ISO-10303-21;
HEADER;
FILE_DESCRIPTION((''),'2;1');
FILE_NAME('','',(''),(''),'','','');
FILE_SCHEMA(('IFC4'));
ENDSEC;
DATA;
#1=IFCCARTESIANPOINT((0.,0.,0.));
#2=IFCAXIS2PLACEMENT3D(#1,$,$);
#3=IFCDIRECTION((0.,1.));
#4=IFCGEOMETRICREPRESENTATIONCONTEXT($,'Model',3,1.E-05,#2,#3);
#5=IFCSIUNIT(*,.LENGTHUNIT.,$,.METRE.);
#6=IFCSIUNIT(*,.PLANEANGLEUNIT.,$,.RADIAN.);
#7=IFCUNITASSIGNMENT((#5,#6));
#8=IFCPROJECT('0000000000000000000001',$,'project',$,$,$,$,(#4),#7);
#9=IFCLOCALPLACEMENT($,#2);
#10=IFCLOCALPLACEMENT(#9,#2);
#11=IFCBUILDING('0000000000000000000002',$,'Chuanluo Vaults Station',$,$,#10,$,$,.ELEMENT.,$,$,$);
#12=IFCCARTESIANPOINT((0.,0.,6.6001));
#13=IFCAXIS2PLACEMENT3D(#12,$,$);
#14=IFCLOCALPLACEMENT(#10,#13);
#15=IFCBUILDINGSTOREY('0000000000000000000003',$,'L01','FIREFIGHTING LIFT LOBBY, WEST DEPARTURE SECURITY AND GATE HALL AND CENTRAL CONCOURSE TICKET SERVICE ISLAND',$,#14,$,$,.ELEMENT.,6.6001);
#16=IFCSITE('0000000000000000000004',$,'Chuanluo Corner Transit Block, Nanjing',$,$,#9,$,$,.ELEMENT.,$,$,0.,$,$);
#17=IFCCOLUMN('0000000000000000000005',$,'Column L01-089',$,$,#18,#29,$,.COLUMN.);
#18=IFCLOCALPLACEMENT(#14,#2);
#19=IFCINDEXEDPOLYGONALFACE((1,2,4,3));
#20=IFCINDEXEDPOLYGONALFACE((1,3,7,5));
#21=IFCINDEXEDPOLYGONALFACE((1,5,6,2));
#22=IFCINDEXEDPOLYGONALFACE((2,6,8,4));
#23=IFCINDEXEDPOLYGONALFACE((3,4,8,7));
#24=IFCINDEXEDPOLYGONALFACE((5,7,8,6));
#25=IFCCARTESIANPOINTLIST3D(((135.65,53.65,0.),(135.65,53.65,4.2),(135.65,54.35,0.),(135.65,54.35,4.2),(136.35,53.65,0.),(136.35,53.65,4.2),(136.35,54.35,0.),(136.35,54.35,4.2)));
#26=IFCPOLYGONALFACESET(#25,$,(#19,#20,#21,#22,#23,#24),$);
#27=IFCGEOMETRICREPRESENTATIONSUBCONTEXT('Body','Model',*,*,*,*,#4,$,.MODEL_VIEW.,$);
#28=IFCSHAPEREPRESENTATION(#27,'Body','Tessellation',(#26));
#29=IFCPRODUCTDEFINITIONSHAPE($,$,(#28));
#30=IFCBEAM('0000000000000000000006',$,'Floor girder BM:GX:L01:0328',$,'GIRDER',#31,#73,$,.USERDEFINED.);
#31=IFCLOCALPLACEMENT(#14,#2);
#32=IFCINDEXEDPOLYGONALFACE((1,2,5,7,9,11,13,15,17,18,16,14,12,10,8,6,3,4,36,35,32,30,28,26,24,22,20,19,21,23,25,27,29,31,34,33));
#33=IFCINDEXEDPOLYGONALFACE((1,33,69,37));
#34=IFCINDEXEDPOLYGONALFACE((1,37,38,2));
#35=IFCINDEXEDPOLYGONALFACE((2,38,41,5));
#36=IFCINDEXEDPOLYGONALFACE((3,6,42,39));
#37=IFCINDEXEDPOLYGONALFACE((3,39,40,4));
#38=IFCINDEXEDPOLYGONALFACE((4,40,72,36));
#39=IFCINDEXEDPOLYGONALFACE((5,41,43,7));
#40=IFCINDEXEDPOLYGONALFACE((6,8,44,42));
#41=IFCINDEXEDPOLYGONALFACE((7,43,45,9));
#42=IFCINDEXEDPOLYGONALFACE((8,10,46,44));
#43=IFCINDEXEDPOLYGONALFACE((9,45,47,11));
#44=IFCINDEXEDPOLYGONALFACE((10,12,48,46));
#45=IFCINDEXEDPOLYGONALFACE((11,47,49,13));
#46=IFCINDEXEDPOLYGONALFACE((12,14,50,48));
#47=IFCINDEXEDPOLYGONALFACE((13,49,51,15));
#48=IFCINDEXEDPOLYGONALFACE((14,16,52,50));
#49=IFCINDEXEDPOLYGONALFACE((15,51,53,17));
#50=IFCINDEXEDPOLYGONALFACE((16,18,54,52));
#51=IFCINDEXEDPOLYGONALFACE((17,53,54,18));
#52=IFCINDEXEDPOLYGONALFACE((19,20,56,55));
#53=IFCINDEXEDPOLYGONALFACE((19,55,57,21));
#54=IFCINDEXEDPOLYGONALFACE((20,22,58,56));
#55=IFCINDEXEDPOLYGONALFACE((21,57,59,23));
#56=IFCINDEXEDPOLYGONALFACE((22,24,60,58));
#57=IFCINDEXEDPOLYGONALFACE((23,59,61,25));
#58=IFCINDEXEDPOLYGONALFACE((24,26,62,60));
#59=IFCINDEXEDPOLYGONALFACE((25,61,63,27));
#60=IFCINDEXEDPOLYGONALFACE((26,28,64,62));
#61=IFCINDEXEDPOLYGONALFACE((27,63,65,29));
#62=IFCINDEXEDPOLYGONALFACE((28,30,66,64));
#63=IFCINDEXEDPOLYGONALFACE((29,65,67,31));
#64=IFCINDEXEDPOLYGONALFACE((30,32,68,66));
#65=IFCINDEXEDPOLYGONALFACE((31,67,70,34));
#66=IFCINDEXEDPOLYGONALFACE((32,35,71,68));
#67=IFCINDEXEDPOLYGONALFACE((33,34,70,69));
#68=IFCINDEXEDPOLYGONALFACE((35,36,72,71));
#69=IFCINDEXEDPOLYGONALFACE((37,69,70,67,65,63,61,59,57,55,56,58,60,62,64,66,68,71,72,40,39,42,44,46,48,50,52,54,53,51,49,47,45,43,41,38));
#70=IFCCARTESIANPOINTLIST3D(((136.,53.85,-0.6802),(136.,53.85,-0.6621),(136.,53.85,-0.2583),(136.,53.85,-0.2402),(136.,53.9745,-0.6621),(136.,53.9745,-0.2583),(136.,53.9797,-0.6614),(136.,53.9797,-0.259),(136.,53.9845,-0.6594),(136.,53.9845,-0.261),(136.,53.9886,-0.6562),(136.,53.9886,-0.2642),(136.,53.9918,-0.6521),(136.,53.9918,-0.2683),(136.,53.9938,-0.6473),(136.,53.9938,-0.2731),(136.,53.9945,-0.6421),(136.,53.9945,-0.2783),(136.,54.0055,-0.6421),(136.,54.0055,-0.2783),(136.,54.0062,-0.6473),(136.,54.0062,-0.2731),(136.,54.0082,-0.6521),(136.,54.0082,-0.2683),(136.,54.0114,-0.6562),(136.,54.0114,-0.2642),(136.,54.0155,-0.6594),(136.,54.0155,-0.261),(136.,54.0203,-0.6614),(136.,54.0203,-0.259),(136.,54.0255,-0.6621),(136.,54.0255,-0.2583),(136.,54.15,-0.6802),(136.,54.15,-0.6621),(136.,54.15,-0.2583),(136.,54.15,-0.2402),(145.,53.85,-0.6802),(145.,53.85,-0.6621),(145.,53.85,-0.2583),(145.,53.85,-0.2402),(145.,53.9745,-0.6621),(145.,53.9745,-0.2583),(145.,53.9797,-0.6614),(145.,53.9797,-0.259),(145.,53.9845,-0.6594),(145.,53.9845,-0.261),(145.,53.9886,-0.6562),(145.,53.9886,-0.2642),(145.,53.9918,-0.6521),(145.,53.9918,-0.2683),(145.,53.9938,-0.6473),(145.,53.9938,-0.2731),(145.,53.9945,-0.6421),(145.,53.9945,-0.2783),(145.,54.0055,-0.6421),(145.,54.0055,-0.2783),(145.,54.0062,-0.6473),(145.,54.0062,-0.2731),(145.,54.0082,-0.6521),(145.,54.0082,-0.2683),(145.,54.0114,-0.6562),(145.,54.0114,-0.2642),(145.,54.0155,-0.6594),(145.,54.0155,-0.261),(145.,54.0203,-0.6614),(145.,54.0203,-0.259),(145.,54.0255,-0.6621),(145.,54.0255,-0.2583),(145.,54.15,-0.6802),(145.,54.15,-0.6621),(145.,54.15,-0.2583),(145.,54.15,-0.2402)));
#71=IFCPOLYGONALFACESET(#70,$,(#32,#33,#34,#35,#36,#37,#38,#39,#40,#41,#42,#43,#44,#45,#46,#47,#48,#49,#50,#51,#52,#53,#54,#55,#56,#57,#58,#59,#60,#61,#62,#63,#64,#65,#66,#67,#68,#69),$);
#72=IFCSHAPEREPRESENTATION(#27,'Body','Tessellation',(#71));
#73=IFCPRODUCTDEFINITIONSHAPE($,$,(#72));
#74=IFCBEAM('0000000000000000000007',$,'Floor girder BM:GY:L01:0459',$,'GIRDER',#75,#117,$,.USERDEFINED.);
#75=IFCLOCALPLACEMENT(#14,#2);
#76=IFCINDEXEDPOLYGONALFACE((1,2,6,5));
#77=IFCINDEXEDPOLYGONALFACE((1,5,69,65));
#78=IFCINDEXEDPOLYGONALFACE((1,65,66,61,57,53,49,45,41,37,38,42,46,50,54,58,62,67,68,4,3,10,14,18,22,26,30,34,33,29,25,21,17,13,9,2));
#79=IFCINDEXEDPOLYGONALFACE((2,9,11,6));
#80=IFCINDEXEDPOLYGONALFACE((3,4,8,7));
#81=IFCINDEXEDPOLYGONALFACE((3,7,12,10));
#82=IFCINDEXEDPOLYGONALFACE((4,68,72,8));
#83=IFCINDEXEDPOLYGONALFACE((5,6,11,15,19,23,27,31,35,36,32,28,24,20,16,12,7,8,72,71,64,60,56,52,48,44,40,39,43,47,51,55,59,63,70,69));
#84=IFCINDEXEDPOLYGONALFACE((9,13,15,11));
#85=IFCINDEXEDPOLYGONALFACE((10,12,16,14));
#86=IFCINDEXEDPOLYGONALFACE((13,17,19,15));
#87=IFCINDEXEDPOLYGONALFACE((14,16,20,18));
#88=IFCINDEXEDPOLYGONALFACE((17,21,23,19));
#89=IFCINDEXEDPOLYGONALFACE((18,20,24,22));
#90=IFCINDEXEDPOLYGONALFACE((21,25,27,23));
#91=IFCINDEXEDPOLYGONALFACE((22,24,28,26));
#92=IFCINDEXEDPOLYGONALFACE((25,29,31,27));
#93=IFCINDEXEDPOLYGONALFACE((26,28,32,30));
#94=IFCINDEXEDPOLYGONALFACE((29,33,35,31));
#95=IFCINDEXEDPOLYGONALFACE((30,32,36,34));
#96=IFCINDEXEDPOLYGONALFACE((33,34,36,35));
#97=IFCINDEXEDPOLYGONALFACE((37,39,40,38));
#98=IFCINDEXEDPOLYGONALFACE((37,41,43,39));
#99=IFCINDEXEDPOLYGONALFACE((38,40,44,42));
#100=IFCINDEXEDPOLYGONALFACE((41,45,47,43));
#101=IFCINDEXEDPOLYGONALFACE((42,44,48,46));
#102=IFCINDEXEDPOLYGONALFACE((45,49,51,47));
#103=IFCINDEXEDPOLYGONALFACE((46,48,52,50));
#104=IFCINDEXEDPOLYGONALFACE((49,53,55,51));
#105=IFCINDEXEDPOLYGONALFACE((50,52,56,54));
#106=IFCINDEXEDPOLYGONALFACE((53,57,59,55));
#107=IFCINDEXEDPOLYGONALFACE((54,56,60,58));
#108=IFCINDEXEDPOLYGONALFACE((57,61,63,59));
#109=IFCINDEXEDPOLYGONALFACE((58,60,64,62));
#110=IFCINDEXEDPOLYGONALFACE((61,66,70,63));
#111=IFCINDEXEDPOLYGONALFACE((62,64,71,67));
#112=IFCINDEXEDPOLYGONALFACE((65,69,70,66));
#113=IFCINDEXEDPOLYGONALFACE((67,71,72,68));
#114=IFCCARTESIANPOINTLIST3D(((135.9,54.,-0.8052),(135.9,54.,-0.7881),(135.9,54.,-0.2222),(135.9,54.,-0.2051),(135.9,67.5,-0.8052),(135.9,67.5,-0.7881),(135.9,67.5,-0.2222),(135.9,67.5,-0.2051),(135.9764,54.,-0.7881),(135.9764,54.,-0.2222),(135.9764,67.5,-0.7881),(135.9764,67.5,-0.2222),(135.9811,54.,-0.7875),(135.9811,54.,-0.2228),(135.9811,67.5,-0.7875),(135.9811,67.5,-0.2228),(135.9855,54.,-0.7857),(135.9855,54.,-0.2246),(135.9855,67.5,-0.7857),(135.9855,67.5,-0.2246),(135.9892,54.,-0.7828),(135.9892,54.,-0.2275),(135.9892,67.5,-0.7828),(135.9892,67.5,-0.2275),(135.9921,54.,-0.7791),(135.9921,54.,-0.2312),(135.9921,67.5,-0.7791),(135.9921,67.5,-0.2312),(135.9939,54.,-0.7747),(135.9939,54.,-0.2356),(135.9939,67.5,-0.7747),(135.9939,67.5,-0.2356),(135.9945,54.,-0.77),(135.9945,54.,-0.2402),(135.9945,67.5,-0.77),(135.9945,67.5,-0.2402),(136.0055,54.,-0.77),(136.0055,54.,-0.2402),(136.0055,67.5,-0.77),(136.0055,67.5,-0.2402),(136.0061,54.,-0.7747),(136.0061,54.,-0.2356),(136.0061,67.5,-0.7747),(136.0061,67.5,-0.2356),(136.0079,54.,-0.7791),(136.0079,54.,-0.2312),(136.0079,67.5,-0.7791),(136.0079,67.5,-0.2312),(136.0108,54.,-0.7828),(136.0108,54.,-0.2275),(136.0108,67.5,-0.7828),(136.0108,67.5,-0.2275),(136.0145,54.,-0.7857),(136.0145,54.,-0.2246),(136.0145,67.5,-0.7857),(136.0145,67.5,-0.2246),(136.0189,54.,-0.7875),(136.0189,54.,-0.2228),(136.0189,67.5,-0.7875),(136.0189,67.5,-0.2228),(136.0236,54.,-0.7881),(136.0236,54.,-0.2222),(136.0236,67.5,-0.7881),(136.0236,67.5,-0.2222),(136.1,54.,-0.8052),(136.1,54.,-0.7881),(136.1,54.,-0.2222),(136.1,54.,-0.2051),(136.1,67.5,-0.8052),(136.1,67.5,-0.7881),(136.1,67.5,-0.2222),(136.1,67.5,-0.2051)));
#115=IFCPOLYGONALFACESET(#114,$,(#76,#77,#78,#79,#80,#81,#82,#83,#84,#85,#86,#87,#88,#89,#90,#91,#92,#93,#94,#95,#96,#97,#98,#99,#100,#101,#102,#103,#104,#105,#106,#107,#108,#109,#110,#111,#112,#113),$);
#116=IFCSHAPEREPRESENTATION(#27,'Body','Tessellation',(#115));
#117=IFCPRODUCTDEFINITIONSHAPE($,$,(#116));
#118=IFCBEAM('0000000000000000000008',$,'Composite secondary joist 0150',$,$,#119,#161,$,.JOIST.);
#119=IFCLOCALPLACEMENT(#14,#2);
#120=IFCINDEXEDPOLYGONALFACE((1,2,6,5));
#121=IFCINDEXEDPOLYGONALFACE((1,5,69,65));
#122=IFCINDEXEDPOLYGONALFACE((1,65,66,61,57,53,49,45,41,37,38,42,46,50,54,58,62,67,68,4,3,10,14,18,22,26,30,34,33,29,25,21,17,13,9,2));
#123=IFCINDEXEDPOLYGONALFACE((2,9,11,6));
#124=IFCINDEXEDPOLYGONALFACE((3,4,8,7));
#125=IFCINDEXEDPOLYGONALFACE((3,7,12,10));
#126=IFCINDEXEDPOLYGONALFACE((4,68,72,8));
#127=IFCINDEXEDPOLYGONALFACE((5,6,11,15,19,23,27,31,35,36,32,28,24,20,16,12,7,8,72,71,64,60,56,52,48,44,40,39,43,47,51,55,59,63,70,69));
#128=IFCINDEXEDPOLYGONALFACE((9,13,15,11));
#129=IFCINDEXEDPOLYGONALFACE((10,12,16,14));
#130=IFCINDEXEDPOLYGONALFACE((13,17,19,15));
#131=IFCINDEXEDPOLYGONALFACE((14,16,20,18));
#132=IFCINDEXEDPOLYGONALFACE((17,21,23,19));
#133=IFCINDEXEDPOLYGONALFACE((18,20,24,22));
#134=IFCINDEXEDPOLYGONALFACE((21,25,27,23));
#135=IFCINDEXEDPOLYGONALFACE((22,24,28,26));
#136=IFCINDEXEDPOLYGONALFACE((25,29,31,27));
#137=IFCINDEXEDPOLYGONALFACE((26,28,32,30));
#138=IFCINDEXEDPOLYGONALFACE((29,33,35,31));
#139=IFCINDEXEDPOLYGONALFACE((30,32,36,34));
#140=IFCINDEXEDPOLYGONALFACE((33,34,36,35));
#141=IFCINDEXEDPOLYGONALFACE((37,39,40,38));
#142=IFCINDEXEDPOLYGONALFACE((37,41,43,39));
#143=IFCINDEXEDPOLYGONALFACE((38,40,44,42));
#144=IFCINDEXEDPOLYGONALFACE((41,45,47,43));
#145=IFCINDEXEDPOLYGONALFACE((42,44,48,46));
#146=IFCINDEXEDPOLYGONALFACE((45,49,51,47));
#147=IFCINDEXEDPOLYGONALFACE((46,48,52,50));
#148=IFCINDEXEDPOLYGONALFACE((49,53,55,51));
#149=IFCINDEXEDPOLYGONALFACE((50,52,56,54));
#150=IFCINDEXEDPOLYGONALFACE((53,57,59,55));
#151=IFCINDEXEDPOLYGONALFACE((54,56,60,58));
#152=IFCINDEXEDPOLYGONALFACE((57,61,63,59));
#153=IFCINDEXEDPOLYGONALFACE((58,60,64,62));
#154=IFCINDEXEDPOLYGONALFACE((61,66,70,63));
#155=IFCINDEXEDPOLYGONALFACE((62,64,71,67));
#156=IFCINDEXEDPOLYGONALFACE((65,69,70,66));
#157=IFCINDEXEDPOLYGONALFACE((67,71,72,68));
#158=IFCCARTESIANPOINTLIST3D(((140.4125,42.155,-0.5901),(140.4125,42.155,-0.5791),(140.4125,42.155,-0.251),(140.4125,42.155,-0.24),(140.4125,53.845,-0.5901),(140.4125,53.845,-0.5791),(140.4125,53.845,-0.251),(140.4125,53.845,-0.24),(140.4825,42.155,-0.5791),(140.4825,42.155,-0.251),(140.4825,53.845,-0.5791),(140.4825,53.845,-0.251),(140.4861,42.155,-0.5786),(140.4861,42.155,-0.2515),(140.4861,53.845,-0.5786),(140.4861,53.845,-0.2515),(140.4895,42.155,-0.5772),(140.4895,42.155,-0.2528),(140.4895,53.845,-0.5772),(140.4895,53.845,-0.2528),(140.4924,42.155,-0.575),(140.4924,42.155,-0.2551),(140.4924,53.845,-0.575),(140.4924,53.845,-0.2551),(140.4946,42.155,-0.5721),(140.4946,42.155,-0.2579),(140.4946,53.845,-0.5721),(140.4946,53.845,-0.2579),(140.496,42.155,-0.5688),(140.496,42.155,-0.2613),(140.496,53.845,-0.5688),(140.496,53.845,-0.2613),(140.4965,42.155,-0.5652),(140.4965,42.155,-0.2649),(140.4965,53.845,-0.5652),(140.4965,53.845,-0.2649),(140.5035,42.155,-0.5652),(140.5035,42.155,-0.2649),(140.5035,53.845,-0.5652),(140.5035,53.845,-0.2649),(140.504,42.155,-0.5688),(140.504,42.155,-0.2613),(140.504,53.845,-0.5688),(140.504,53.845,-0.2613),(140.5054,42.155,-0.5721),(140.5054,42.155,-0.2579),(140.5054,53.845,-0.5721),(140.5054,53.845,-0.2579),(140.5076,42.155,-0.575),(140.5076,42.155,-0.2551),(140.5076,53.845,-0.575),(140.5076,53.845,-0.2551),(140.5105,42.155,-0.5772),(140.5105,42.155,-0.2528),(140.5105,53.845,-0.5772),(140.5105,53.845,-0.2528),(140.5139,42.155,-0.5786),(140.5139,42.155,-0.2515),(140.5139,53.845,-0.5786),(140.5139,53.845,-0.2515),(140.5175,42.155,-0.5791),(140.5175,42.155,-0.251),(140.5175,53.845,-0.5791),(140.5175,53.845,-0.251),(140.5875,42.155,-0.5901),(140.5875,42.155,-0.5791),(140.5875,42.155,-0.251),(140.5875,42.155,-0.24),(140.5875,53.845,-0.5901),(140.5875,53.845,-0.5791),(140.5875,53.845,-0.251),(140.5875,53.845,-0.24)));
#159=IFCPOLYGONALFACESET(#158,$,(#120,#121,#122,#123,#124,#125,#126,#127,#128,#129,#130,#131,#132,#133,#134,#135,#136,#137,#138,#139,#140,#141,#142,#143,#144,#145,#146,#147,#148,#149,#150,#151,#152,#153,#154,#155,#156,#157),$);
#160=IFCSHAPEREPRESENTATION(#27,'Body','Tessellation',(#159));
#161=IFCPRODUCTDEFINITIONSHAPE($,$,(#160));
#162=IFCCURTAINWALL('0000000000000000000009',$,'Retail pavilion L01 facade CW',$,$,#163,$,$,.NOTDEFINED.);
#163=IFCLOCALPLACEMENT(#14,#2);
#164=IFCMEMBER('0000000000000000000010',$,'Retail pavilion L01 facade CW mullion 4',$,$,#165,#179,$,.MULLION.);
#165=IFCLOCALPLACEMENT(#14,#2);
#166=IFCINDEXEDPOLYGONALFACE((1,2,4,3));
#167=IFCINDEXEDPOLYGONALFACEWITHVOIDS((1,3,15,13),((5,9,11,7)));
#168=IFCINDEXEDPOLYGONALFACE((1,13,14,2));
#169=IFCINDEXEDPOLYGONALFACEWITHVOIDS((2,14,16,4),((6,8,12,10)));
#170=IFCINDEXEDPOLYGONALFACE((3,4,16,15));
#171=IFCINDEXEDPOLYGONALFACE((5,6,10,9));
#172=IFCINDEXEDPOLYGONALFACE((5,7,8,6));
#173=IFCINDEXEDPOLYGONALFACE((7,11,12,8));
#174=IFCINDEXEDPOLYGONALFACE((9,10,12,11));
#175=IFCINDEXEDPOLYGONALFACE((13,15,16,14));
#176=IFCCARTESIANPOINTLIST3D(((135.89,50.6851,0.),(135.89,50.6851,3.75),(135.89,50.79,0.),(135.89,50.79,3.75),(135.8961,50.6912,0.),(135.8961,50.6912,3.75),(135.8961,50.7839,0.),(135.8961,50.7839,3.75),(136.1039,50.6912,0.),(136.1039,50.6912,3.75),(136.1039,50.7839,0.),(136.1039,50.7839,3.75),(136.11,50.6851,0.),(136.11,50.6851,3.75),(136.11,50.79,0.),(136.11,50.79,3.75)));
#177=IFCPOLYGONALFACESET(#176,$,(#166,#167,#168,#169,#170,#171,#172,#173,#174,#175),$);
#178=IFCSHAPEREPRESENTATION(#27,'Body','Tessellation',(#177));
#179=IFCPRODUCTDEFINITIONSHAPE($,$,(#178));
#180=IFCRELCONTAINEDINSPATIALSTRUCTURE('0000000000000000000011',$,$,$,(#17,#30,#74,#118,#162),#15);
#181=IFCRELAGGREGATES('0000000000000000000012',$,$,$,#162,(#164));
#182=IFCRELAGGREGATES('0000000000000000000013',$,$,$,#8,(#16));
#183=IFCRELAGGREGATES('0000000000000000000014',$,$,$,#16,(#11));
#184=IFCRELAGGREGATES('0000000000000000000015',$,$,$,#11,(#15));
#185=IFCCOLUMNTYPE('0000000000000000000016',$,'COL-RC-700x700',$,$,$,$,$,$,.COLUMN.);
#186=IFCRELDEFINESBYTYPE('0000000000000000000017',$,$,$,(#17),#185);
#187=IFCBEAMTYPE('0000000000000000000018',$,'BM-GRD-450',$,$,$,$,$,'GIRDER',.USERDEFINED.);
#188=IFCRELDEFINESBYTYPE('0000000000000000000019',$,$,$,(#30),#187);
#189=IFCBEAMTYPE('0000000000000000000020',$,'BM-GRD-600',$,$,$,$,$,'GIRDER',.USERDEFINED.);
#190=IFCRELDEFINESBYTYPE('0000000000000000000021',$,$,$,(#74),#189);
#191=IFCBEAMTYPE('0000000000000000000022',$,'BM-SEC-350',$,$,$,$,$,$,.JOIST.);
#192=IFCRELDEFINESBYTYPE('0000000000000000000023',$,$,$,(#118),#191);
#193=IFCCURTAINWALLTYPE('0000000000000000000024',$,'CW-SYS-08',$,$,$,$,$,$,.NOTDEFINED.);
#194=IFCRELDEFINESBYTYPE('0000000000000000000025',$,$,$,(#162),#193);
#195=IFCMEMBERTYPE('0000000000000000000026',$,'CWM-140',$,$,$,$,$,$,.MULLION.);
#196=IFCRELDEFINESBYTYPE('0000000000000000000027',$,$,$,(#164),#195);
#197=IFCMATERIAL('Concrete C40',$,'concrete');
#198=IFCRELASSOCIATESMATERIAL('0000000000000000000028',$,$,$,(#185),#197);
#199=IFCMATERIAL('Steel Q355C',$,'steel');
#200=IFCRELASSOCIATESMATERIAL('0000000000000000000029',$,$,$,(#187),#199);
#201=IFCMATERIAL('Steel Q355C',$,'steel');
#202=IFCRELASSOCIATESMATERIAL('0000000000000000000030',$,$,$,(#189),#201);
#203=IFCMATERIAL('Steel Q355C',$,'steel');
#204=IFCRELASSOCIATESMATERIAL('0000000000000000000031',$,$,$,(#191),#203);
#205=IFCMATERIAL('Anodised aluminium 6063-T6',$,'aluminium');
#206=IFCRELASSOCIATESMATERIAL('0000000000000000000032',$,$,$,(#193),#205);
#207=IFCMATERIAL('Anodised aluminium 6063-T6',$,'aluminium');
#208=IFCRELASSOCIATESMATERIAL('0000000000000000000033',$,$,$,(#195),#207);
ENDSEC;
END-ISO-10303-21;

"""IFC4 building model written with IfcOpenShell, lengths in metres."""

from ifc_helpers import new_model, si_unit, direction, frame, origin, origin_2d, place, context, subcontext, project, spatial, rectangle, hollow_rectangle, i_section, extrude, material, material_profile, profile_set, type_object, element, aggregate, save


model = new_model("IFC4")

# Units and contexts
model_context = context("Model", 3, precision=1e-05, world=origin(), true_north=direction((0.0, 1.0)))
body_context = subcontext(model_context, "Body", "Model", "MODEL_VIEW")
ifc_project = project(units=[si_unit("LENGTHUNIT", "METRE"), si_unit("PLANEANGLEUNIT", "RADIAN")], contexts=[model_context])

# Site, building, storey
site_placement = place(None, origin())
site = spatial("IfcSite", under=ifc_project, at=site_placement, Name="Chuanluo Corner Transit Block, Nanjing", CompositionType="ELEMENT", RefElevation=0.0)
building_placement = place(site_placement, origin())
building = spatial("IfcBuilding", under=site, at=building_placement, Name="Chuanluo Vaults Station", CompositionType="ELEMENT")
storey_placement = place(building_placement, frame((0.0, 0.0, 6.6001)))
storey = spatial("IfcBuildingStorey", under=building, at=storey_placement, Name="L01", Description="FIREFIGHTING LIFT LOBBY, WEST DEPARTURE SECURITY AND GATE HALL AND CENTRAL CONCOURSE TICKET SERVICE ISLAND", CompositionType="ELEMENT", Elevation=6.6001)

# Column
ifc_material_1 = material(Name="Concrete C40", Category="concrete")
ifc_material_profile_1 = material_profile(ifc_material_1, rectangle(XDim=0.7, YDim=0.7, at=origin_2d()))
ifc_profile_set_1 = profile_set([ifc_material_profile_1], Name="Concrete C40")
column_type = type_object("IfcColumnType", Name="COL-RC-700x700", PredefinedType="COLUMN", material=ifc_profile_set_1)
column_placement = place(storey_placement, frame((136.0, 54.0, 0.0), z_axis=(0.0, 0.0, 1.0), x_axis=(1.0, 0.0, 0.0)))
element("IfcColumn", 1, at=column_placement, inside=storey, type_object=column_type, Name="Column L01-089", PredefinedType="COLUMN", context=body_context, shape_type="SweptSolid", body=[
    extrude(rectangle(XDim=0.7, YDim=0.7, at=origin_2d()), origin(), (0.0, 0.0, 1.0), 4.2),
])

# Beams
ifc_material_2 = material(Name="Steel Q355C", Category="steel")
ifc_material_profile_2 = material_profile(ifc_material_2, i_section(OverallWidth=0.3, OverallDepth=0.4399, WebThickness=0.011, FlangeThickness=0.0181, FilletRadius=0.02, at=origin_2d()))
ifc_profile_set_2 = profile_set([ifc_material_profile_2], Name="Steel Q355C")
beam_type_1 = type_object("IfcBeamType", Name="BM-GRD-450", ElementType="GIRDER", PredefinedType="USERDEFINED", material=ifc_profile_set_2)
beam_1_placement = place(storey_placement, frame((136.0, 54.0, -0.4602), z_axis=(1.0, 0.0, 0.0), x_axis=(0.0, 1.0, 0.0)))
element("IfcBeam", 2, at=beam_1_placement, inside=storey, type_object=beam_type_1, Name="Floor girder BM:GX:L01:0328", ObjectType="GIRDER", PredefinedType="USERDEFINED", context=body_context, shape_type="SweptSolid", body=[
    extrude(i_section(OverallWidth=0.3, OverallDepth=0.4399, WebThickness=0.011, FlangeThickness=0.0181, FilletRadius=0.02, at=origin_2d()), origin(), (0.0, 0.0, 1.0), 9.0),
])
ifc_material_3 = material(Name="Steel Q355C", Category="steel")
ifc_material_profile_3 = material_profile(ifc_material_3, i_section(OverallWidth=0.2, OverallDepth=0.6001, WebThickness=0.011, FlangeThickness=0.0171, FilletRadius=0.0181, at=origin_2d()))
ifc_profile_set_3 = profile_set([ifc_material_profile_3], Name="Steel Q355C")
beam_type_2 = type_object("IfcBeamType", Name="BM-GRD-600", ElementType="GIRDER", PredefinedType="USERDEFINED", material=ifc_profile_set_3)
beam_2_placement = place(storey_placement, frame((136.0, 54.0, -0.5051), z_axis=(0.0, 1.0, 0.0), x_axis=(-1.0, 0.0, 0.0)))
element("IfcBeam", 3, at=beam_2_placement, inside=storey, type_object=beam_type_2, Name="Floor girder BM:GY:L01:0459", ObjectType="GIRDER", PredefinedType="USERDEFINED", context=body_context, shape_type="SweptSolid", body=[
    extrude(i_section(OverallWidth=0.2, OverallDepth=0.6001, WebThickness=0.011, FlangeThickness=0.0171, FilletRadius=0.0181, at=origin_2d()), origin(), (0.0, 0.0, 1.0), 13.5),
])
ifc_material_4 = material(Name="Steel Q355C", Category="steel")
ifc_material_profile_4 = material_profile(ifc_material_4, i_section(OverallWidth=0.175, OverallDepth=0.3501, WebThickness=0.0071, FlangeThickness=0.011, FilletRadius=0.0139, at=origin_2d()))
ifc_profile_set_4 = profile_set([ifc_material_profile_4], Name="Steel Q355C")
beam_type_3 = type_object("IfcBeamType", Name="BM-SEC-350", PredefinedType="JOIST", material=ifc_profile_set_4)
beam_3_placement = place(storey_placement, frame((140.5, 42.155, -0.415), z_axis=(0.0, 1.0, 0.0), x_axis=(-1.0, 0.0, 0.0)))
element("IfcBeam", 4, at=beam_3_placement, inside=storey, type_object=beam_type_3, Name="Composite secondary joist 0150", PredefinedType="JOIST", context=body_context, shape_type="SweptSolid", body=[
    extrude(i_section(OverallWidth=0.175, OverallDepth=0.3501, WebThickness=0.0071, FlangeThickness=0.011, FilletRadius=0.0139, at=origin_2d()), origin(), (0.0, 0.0, 1.0), 11.6899),
])

# Curtain wall, member
ifc_material_5 = material(Name="Anodised aluminium 6063-T6", Category="aluminium")
curtain_wall_type_1 = type_object("IfcCurtainWallType", Name="CW-SYS-08", PredefinedType="NOTDEFINED", material=ifc_material_5)
curtain_wall_1_placement = place(storey_placement, origin())
curtain_wall_1 = element("IfcCurtainWall", 5, at=curtain_wall_1_placement, inside=storey, type_object=curtain_wall_type_1, Name="Retail pavilion L01 facade CW", PredefinedType="NOTDEFINED")
ifc_material_6 = material(Name="Anodised aluminium 6063-T6", Category="aluminium")
ifc_material_profile_5 = material_profile(ifc_material_6, hollow_rectangle(XDim=0.105, YDim=0.22, WallThickness=0.0061, at=origin_2d()))
ifc_profile_set_5 = profile_set([ifc_material_profile_5], Name="Anodised aluminium 6063-T6")
member_type_1 = type_object("IfcMemberType", Name="CWM-140", PredefinedType="MULLION", material=ifc_profile_set_5)
member_1_placement = place(storey_placement, frame((136.0, 50.7375, 0.0), z_axis=(0.0, 0.0, 1.0), x_axis=(0.0, 1.0, 0.0)))
member_1 = element("IfcMember", 6, at=member_1_placement, type_object=member_type_1, Name="Retail pavilion L01 facade CW mullion 4", PredefinedType="MULLION", context=body_context, shape_type="SweptSolid", body=[
    extrude(hollow_rectangle(XDim=0.105, YDim=0.22, WallThickness=0.0061, at=origin_2d()), origin(), (0.0, 0.0, 1.0), 3.75),
])

aggregate(curtain_wall_1, [member_1])

save(model, "model.ifc")
